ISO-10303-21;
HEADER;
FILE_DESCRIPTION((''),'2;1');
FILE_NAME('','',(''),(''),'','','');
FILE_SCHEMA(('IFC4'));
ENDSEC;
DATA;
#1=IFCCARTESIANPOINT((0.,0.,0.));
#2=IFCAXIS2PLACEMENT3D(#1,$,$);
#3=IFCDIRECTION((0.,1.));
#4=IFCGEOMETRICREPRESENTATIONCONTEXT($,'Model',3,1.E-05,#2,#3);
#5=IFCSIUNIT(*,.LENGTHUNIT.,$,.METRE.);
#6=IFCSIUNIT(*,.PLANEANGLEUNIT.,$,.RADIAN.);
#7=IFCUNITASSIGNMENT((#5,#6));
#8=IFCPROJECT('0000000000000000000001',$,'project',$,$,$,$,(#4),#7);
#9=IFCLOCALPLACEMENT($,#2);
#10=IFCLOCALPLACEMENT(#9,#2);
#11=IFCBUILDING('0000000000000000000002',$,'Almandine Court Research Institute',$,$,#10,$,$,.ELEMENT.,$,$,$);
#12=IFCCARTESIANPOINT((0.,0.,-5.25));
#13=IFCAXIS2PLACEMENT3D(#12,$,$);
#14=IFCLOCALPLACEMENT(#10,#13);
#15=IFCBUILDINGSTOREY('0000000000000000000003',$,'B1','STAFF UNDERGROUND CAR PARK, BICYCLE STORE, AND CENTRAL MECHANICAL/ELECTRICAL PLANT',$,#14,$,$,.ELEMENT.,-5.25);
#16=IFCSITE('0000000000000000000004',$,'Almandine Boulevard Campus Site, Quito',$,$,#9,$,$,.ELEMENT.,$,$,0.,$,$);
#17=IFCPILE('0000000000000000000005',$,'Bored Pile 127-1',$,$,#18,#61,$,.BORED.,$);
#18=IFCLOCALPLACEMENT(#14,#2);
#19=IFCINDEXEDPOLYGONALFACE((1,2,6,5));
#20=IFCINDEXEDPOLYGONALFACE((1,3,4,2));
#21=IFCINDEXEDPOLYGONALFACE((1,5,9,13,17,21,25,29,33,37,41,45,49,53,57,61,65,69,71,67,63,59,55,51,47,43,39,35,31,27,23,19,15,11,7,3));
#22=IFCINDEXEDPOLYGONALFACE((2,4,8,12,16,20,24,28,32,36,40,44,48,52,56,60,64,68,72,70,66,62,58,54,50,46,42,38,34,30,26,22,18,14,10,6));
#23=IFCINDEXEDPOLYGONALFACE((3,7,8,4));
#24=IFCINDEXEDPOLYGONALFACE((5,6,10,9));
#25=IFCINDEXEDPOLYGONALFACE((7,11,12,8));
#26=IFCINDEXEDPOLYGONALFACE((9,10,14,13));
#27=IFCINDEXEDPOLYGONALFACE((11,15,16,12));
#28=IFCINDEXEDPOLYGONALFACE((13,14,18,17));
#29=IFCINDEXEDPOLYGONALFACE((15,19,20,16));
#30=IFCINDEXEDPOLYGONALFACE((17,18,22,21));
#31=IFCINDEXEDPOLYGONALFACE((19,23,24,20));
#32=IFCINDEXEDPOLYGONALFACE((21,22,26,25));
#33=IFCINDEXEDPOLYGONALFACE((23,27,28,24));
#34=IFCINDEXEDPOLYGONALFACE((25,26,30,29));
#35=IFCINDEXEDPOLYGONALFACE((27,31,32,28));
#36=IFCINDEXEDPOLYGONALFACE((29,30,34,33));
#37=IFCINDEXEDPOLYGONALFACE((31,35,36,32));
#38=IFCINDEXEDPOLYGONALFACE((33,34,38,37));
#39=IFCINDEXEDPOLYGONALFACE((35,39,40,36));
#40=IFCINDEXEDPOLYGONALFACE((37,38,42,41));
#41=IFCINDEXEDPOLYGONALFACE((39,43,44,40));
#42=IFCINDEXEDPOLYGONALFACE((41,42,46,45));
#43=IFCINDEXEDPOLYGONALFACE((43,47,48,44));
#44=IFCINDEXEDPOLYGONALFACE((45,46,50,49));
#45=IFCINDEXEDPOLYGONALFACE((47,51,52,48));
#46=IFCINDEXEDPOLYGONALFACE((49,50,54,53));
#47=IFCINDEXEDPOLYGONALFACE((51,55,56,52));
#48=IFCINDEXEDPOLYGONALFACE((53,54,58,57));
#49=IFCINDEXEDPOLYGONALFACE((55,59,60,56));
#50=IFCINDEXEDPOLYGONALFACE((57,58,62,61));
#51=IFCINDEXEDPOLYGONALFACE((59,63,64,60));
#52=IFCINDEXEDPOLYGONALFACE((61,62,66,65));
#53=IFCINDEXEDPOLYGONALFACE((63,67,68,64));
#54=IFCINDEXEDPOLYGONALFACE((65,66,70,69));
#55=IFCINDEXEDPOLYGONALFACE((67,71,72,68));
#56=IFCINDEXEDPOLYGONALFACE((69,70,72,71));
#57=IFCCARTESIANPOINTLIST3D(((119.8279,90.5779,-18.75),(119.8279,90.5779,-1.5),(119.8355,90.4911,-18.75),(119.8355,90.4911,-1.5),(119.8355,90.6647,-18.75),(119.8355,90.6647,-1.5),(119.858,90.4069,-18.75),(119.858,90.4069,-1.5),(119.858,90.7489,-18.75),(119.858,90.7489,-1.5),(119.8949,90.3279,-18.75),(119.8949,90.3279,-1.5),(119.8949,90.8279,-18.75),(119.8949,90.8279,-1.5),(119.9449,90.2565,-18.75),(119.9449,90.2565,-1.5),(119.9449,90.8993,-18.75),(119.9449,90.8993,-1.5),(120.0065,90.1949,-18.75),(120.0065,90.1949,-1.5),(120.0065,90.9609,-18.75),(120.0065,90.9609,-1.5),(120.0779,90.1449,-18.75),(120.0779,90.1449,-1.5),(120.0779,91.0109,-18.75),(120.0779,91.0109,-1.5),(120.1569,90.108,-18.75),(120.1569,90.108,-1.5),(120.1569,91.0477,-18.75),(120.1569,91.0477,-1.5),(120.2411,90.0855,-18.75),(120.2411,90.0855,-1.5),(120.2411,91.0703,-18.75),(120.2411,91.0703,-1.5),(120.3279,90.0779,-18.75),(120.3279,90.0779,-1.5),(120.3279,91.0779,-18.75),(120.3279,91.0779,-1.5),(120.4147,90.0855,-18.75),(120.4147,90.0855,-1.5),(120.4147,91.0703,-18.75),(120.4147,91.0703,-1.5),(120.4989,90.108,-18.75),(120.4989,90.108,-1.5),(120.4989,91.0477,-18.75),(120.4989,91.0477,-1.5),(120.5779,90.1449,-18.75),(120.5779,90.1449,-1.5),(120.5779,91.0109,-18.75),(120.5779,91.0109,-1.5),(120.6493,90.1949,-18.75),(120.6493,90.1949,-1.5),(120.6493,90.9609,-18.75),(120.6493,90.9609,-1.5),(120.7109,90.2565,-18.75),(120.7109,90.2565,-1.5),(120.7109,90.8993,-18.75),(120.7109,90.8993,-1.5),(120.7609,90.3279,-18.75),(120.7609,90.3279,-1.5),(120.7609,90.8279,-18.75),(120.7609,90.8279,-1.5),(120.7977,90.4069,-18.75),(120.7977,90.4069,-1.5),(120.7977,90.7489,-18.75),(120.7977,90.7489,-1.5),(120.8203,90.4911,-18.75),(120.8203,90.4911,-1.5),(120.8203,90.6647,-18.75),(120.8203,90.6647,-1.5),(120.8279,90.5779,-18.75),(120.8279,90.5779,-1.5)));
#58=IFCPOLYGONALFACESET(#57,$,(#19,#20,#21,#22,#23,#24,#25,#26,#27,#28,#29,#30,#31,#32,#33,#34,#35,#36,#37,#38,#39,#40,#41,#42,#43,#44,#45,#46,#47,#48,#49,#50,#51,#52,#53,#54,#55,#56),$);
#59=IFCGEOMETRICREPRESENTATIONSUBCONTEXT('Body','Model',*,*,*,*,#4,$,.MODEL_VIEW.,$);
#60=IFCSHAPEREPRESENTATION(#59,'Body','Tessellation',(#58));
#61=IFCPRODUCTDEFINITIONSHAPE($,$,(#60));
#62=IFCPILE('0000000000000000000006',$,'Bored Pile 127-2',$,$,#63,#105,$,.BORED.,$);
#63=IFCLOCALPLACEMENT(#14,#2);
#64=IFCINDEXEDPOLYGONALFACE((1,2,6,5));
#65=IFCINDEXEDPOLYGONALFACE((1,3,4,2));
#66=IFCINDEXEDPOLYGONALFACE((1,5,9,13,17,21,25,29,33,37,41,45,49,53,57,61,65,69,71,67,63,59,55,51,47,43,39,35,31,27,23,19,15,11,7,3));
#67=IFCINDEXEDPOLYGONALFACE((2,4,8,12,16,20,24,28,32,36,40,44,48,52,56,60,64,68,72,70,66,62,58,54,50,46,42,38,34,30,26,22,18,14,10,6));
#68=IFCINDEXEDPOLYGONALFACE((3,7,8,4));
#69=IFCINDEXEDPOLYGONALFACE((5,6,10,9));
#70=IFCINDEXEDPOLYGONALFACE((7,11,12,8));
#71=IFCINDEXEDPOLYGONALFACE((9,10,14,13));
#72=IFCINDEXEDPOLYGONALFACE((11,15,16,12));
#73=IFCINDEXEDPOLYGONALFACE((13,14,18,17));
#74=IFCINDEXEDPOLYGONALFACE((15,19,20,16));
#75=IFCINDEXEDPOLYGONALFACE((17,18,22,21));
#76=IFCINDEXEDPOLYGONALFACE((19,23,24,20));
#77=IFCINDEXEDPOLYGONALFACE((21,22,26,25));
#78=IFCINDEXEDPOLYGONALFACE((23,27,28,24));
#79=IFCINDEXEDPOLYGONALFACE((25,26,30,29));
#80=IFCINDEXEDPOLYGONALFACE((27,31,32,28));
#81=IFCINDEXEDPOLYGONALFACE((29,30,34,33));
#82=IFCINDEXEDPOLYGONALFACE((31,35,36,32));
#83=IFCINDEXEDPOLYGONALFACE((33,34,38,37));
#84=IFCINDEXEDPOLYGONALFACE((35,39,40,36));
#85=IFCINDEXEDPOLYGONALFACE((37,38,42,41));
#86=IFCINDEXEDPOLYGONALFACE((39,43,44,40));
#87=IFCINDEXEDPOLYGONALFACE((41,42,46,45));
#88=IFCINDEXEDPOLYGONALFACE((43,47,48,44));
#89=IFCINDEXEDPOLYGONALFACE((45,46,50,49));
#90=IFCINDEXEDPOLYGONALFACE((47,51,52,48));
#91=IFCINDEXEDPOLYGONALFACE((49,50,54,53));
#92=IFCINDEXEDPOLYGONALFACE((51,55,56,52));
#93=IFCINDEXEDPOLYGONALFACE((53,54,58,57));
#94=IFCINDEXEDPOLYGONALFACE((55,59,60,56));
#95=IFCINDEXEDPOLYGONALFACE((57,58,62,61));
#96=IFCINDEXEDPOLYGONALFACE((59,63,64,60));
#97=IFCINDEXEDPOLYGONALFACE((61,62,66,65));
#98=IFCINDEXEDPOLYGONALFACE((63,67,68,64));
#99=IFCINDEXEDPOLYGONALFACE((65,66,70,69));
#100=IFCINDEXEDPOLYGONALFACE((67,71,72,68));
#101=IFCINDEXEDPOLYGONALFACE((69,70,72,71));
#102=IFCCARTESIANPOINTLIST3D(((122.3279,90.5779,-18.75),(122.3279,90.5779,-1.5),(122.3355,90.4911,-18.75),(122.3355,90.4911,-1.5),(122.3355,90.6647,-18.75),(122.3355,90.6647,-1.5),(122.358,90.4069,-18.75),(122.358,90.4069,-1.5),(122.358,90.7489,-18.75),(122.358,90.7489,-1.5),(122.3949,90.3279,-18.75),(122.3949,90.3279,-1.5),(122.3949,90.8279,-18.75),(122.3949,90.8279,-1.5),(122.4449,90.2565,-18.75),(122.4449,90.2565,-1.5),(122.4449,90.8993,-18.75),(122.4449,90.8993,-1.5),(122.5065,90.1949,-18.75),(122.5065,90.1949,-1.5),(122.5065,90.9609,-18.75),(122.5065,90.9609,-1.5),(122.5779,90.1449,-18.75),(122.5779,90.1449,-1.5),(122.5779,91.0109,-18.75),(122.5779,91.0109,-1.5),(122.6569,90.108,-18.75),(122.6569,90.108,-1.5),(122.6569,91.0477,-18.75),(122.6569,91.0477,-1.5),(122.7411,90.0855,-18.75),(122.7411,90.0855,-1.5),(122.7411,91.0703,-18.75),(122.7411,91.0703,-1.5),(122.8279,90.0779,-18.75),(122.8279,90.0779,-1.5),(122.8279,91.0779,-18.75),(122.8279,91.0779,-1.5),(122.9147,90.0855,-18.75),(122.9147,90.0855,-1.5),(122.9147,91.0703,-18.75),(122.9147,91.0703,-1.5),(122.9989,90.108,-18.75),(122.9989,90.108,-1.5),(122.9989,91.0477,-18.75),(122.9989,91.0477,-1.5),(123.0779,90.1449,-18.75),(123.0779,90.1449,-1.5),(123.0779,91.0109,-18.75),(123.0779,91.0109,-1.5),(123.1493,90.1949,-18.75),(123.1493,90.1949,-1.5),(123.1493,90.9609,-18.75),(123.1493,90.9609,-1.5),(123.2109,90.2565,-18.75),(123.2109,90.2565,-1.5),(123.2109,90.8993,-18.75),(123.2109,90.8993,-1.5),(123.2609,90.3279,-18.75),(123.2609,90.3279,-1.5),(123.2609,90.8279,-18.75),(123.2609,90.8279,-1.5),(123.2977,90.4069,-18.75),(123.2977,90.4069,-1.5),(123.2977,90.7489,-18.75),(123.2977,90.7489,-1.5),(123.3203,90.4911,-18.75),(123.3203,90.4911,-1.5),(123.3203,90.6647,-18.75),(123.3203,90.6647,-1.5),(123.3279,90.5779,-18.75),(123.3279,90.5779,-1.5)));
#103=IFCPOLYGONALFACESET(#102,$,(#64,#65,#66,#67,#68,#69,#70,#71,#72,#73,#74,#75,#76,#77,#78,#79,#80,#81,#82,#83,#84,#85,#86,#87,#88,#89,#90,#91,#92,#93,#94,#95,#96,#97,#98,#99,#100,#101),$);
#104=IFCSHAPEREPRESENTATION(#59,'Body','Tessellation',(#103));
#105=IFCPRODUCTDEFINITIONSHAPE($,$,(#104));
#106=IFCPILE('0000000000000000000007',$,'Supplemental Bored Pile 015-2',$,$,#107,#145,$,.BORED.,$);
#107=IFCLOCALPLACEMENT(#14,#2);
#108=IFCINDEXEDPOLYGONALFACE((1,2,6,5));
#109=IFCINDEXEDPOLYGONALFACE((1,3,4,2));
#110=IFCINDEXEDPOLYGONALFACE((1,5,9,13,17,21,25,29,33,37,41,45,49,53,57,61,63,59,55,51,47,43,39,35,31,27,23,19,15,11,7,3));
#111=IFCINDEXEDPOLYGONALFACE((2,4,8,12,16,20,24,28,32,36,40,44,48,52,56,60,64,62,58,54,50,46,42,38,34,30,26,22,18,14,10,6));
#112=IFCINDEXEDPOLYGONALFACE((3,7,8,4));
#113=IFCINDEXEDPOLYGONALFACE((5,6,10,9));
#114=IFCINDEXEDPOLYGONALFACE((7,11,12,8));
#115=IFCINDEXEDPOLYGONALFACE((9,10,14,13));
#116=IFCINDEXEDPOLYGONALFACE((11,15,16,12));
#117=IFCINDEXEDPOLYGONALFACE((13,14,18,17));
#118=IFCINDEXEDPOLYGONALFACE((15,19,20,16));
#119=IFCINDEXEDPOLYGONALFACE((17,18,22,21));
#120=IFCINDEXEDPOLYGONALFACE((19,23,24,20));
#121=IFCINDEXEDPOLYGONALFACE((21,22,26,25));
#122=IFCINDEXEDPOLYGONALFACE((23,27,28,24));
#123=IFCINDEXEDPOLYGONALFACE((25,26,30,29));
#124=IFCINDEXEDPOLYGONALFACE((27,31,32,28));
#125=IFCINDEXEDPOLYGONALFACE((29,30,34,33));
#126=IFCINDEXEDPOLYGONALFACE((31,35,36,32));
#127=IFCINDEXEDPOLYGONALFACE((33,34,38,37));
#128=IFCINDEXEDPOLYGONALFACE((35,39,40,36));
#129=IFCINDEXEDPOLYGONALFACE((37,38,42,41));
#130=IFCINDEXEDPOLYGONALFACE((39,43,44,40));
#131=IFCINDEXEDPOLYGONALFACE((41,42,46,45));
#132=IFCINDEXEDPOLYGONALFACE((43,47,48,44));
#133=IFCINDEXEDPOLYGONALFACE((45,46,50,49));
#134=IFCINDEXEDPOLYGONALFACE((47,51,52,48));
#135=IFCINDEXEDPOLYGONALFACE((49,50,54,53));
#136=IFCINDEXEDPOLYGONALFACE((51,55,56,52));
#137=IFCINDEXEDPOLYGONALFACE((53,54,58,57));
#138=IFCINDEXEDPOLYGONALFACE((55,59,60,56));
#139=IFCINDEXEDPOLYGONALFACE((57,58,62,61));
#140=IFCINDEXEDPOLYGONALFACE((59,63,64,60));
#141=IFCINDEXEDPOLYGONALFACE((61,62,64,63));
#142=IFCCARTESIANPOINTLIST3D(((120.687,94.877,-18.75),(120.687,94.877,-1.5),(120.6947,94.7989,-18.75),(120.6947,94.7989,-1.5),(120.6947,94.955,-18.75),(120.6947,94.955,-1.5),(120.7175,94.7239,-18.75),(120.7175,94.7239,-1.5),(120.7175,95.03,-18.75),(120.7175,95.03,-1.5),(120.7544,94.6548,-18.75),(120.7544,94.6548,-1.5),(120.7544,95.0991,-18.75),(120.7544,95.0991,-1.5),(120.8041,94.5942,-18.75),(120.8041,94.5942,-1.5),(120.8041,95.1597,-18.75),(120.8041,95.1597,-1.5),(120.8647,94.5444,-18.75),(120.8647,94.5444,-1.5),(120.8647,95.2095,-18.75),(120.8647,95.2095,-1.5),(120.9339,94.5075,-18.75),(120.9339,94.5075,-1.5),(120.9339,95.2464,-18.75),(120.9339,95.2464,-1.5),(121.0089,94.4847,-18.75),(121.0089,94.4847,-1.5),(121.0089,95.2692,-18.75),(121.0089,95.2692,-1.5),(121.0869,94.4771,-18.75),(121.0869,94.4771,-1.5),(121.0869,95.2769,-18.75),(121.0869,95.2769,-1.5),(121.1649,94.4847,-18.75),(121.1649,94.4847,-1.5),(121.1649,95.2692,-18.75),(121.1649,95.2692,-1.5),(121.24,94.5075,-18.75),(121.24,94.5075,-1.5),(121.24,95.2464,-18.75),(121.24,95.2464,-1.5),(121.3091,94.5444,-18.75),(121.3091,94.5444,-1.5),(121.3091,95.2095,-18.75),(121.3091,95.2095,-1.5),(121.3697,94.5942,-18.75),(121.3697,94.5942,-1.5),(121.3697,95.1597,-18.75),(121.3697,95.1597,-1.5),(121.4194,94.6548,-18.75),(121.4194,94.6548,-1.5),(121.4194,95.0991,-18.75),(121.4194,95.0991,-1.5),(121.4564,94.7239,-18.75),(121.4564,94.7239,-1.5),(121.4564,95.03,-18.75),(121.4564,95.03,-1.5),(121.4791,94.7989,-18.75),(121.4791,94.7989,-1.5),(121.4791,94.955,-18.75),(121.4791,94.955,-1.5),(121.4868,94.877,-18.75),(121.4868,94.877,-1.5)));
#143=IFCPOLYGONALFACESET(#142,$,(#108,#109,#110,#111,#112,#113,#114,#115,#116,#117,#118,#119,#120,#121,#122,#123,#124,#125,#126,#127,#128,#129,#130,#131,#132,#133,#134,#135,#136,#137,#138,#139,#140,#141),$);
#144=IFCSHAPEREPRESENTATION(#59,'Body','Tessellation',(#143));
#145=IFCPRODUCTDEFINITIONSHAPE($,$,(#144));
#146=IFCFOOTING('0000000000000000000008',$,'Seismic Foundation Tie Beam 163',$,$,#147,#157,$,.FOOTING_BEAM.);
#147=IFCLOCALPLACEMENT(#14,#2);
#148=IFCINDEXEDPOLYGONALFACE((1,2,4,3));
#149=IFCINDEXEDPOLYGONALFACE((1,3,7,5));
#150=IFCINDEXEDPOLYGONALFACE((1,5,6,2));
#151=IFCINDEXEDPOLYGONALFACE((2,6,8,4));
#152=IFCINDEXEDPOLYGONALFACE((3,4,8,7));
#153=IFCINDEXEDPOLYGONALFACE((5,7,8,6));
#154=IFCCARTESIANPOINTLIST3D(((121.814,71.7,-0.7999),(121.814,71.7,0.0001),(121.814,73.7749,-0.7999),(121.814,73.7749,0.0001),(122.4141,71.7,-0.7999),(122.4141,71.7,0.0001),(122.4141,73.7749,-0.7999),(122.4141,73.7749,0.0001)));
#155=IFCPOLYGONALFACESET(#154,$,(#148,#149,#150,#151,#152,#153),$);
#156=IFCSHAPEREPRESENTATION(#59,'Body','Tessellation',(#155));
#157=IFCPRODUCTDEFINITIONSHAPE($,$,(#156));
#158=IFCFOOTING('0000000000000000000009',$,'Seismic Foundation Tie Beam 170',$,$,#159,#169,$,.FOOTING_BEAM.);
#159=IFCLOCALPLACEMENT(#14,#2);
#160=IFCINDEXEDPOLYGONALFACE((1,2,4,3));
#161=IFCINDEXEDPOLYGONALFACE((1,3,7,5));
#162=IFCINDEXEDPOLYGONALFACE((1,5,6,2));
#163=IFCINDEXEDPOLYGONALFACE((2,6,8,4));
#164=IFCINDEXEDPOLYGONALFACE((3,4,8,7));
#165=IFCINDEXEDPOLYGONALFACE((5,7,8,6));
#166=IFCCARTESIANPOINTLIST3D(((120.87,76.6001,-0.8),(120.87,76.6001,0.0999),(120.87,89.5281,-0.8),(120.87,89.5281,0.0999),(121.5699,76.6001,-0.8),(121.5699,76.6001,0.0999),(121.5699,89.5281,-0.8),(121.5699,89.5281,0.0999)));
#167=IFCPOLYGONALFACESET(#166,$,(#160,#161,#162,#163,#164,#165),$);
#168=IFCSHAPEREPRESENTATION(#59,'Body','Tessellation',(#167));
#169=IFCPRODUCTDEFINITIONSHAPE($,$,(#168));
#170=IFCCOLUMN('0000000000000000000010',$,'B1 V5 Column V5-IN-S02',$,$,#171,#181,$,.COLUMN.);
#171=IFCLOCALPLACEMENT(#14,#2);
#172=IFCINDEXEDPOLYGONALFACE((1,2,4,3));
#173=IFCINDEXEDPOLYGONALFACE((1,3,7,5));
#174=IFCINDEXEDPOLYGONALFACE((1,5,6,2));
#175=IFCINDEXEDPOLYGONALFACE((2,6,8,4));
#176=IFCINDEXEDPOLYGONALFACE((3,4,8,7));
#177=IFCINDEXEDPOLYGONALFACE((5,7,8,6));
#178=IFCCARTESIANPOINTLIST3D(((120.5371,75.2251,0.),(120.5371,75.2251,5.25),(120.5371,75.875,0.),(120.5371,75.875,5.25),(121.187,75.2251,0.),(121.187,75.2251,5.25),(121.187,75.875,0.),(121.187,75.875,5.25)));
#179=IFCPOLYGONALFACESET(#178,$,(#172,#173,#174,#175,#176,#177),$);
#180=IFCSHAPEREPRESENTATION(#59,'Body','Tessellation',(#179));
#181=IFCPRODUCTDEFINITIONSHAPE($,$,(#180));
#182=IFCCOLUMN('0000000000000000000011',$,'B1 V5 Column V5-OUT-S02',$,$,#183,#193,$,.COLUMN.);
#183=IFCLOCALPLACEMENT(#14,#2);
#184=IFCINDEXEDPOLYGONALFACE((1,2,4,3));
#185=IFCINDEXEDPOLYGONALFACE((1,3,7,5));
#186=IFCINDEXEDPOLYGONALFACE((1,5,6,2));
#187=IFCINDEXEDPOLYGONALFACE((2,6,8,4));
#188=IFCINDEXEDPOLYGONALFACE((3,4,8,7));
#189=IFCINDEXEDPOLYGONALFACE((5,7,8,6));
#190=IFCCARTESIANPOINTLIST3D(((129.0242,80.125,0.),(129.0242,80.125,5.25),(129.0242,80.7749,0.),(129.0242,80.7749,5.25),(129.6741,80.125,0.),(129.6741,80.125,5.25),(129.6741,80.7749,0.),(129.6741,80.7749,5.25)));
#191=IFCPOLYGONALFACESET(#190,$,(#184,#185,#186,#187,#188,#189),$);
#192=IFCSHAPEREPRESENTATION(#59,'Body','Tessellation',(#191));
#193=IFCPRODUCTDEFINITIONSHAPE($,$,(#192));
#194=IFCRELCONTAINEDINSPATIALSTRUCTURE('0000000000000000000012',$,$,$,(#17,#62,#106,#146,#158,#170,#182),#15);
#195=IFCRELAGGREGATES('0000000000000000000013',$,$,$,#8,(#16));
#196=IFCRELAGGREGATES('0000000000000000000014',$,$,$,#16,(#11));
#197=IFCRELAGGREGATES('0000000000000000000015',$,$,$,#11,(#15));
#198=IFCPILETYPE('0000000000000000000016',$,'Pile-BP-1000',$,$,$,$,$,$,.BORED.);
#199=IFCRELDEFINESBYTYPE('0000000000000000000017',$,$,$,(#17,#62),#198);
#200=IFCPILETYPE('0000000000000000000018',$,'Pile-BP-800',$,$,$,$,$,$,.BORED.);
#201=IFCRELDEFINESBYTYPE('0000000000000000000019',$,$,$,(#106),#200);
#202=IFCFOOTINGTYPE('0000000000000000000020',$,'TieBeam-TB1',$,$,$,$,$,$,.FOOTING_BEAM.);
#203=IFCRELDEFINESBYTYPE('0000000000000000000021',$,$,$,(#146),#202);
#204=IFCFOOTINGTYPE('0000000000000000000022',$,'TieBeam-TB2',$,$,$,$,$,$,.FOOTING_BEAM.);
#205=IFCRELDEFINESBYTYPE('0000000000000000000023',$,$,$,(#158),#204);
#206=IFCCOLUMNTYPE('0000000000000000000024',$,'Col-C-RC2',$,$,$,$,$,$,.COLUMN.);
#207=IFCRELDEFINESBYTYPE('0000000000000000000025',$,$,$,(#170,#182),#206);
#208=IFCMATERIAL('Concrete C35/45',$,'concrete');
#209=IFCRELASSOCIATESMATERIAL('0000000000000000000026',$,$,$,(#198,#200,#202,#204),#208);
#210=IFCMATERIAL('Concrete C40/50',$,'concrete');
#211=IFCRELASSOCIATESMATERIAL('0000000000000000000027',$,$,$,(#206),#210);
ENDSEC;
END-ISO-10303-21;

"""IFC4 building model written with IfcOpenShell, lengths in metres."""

from ifc_helpers import new_model, si_unit, direction, frame, origin, origin_2d, place, context, subcontext, project, spatial, rectangle, circle, extrude, material, material_profile, profile_set, type_object, element, save


model = new_model("IFC4")

# Units and contexts
model_context = context("Model", 3, precision=1e-05, world=origin(), true_north=direction((0.0, 1.0)))
body_context = subcontext(model_context, "Body", "Model", "MODEL_VIEW")
ifc_project = project(units=[si_unit("LENGTHUNIT", "METRE"), si_unit("PLANEANGLEUNIT", "RADIAN")], contexts=[model_context])

# Site, building, storey
site_placement = place(None, origin())
site = spatial("IfcSite", under=ifc_project, at=site_placement, Name="Almandine Boulevard Campus Site, Quito", CompositionType="ELEMENT", RefElevation=0.0)
building_placement = place(site_placement, origin())
building = spatial("IfcBuilding", under=site, at=building_placement, Name="Almandine Court Research Institute", CompositionType="ELEMENT")
storey_placement = place(building_placement, frame((0.0, 0.0, -5.25)))
storey = spatial("IfcBuildingStorey", under=building, at=storey_placement, Name="B1", Description="STAFF UNDERGROUND CAR PARK, BICYCLE STORE, AND CENTRAL MECHANICAL/ELECTRICAL PLANT", CompositionType="ELEMENT", Elevation=-5.25)

# Shared definitions
ifc_material_1 = material(Name="Concrete C35/45", Category="concrete")

# Piles
ifc_material_profile_1 = material_profile(ifc_material_1, circle(Radius=0.5, at=origin_2d()), Name="BORED PILE D1000")
ifc_profile_set_1 = profile_set([ifc_material_profile_1], Name="Concrete C35/45")
pile_type_1 = type_object("IfcPileType", Name="Pile-BP-1000", PredefinedType="BORED", material=ifc_profile_set_1)
for number, where, z_axis, x_axis, name in (
    (1, (120.3279, 90.5779, -1.5), (0.0, 0.0, -1.0), (1.0, 0.0, 0.0), "Bored Pile 127-1"),
    (2, (122.8279, 90.5779, -1.5), (0.0, 0.0, -1.0), (1.0, 0.0, 0.0), "Bored Pile 127-2"),
):
    element("IfcPile", number, at=place(storey_placement, frame(where, z_axis=z_axis, x_axis=x_axis)), inside=storey, type_object=pile_type_1, Name=name, PredefinedType="BORED", context=body_context, shape_type="SweptSolid", body=[
        extrude(circle(Radius=0.5, at=origin_2d()), origin(), (0.0, 0.0, 1.0), 17.25),
    ])
ifc_material_profile_2 = material_profile(ifc_material_1, circle(Radius=0.3999, at=origin_2d()), Name="BORED PILE D800")
ifc_profile_set_2 = profile_set([ifc_material_profile_2], Name="Concrete C35/45")
pile_type_2 = type_object("IfcPileType", Name="Pile-BP-800", PredefinedType="BORED", material=ifc_profile_set_2)
pile_placement = place(storey_placement, frame((121.0869, 94.877, -1.5), z_axis=(0.0, 0.0, -1.0), x_axis=(1.0, 0.0, 0.0)))
element("IfcPile", 3, at=pile_placement, inside=storey, type_object=pile_type_2, Name="Supplemental Bored Pile 015-2", PredefinedType="BORED", context=body_context, shape_type="SweptSolid", body=[
    extrude(circle(Radius=0.3999, at=origin_2d()), origin(), (0.0, 0.0, 1.0), 17.25),
])

# Footings
ifc_material_profile_3 = material_profile(ifc_material_1, rectangle(XDim=0.6001, YDim=0.8, at=origin_2d()), Name="RC TIE 600x800")
ifc_profile_set_3 = profile_set([ifc_material_profile_3], Name="Concrete C35/45")
footing_type_1 = type_object("IfcFootingType", Name="TieBeam-TB1", PredefinedType="FOOTING_BEAM", material=ifc_profile_set_3)
footing_1_placement = place(storey_placement, frame((122.114, 71.7, -0.3999), z_axis=(0.0, 1.0, 0.0), x_axis=(-1.0, 0.0, 0.0)))
element("IfcFooting", 4, at=footing_1_placement, inside=storey, type_object=footing_type_1, Name="Seismic Foundation Tie Beam 163", PredefinedType="FOOTING_BEAM", context=body_context, shape_type="SweptSolid", body=[
    extrude(rectangle(XDim=0.6001, YDim=0.8, at=origin_2d()), origin(), (0.0, 0.0, 1.0), 2.075),
])
ifc_material_profile_4 = material_profile(ifc_material_1, rectangle(XDim=0.7, YDim=0.8999, at=origin_2d()), Name="RC TIE 700x900")
ifc_profile_set_4 = profile_set([ifc_material_profile_4], Name="Concrete C35/45")
footing_type_2 = type_object("IfcFootingType", Name="TieBeam-TB2", PredefinedType="FOOTING_BEAM", material=ifc_profile_set_4)
footing_2_placement = place(storey_placement, frame((121.22, 76.6001, -0.3501), z_axis=(0.0, 1.0, 0.0), x_axis=(-1.0, 0.0, 0.0)))
element("IfcFooting", 5, at=footing_2_placement, inside=storey, type_object=footing_type_2, Name="Seismic Foundation Tie Beam 170", PredefinedType="FOOTING_BEAM", context=body_context, shape_type="SweptSolid", body=[
    extrude(rectangle(XDim=0.7, YDim=0.8999, at=origin_2d()), origin(), (0.0, 0.0, 1.0), 12.928),
])

# Columns
ifc_material_2 = material(Name="Concrete C40/50", Category="concrete")
ifc_material_profile_5 = material_profile(ifc_material_2, rectangle(XDim=0.6499, YDim=0.6499, at=origin_2d()), Name="RC 650x650")
ifc_profile_set_5 = profile_set([ifc_material_profile_5], Name="Concrete C40/50")
column_type_1 = type_object("IfcColumnType", Name="Col-C-RC2", PredefinedType="COLUMN", material=ifc_profile_set_5)
for number, where, z_axis, x_axis, name in (
    (6, (120.8621, 75.55, 0.0), (0.0, 0.0, 1.0), (1.0, 0.0, 0.0), "B1 V5 Column V5-IN-S02"),
    (7, (129.3491, 80.45, 0.0), (0.0, 0.0, 1.0), (1.0, 0.0, 0.0), "B1 V5 Column V5-OUT-S02"),
):
    element("IfcColumn", number, at=place(storey_placement, frame(where, z_axis=z_axis, x_axis=x_axis)), inside=storey, type_object=column_type_1, Name=name, PredefinedType="COLUMN", context=body_context, shape_type="SweptSolid", body=[
        extrude(rectangle(XDim=0.6499, YDim=0.6499, at=origin_2d()), origin(), (0.0, 0.0, 1.0), 5.25),
    ])

save(model, "model.ifc")
